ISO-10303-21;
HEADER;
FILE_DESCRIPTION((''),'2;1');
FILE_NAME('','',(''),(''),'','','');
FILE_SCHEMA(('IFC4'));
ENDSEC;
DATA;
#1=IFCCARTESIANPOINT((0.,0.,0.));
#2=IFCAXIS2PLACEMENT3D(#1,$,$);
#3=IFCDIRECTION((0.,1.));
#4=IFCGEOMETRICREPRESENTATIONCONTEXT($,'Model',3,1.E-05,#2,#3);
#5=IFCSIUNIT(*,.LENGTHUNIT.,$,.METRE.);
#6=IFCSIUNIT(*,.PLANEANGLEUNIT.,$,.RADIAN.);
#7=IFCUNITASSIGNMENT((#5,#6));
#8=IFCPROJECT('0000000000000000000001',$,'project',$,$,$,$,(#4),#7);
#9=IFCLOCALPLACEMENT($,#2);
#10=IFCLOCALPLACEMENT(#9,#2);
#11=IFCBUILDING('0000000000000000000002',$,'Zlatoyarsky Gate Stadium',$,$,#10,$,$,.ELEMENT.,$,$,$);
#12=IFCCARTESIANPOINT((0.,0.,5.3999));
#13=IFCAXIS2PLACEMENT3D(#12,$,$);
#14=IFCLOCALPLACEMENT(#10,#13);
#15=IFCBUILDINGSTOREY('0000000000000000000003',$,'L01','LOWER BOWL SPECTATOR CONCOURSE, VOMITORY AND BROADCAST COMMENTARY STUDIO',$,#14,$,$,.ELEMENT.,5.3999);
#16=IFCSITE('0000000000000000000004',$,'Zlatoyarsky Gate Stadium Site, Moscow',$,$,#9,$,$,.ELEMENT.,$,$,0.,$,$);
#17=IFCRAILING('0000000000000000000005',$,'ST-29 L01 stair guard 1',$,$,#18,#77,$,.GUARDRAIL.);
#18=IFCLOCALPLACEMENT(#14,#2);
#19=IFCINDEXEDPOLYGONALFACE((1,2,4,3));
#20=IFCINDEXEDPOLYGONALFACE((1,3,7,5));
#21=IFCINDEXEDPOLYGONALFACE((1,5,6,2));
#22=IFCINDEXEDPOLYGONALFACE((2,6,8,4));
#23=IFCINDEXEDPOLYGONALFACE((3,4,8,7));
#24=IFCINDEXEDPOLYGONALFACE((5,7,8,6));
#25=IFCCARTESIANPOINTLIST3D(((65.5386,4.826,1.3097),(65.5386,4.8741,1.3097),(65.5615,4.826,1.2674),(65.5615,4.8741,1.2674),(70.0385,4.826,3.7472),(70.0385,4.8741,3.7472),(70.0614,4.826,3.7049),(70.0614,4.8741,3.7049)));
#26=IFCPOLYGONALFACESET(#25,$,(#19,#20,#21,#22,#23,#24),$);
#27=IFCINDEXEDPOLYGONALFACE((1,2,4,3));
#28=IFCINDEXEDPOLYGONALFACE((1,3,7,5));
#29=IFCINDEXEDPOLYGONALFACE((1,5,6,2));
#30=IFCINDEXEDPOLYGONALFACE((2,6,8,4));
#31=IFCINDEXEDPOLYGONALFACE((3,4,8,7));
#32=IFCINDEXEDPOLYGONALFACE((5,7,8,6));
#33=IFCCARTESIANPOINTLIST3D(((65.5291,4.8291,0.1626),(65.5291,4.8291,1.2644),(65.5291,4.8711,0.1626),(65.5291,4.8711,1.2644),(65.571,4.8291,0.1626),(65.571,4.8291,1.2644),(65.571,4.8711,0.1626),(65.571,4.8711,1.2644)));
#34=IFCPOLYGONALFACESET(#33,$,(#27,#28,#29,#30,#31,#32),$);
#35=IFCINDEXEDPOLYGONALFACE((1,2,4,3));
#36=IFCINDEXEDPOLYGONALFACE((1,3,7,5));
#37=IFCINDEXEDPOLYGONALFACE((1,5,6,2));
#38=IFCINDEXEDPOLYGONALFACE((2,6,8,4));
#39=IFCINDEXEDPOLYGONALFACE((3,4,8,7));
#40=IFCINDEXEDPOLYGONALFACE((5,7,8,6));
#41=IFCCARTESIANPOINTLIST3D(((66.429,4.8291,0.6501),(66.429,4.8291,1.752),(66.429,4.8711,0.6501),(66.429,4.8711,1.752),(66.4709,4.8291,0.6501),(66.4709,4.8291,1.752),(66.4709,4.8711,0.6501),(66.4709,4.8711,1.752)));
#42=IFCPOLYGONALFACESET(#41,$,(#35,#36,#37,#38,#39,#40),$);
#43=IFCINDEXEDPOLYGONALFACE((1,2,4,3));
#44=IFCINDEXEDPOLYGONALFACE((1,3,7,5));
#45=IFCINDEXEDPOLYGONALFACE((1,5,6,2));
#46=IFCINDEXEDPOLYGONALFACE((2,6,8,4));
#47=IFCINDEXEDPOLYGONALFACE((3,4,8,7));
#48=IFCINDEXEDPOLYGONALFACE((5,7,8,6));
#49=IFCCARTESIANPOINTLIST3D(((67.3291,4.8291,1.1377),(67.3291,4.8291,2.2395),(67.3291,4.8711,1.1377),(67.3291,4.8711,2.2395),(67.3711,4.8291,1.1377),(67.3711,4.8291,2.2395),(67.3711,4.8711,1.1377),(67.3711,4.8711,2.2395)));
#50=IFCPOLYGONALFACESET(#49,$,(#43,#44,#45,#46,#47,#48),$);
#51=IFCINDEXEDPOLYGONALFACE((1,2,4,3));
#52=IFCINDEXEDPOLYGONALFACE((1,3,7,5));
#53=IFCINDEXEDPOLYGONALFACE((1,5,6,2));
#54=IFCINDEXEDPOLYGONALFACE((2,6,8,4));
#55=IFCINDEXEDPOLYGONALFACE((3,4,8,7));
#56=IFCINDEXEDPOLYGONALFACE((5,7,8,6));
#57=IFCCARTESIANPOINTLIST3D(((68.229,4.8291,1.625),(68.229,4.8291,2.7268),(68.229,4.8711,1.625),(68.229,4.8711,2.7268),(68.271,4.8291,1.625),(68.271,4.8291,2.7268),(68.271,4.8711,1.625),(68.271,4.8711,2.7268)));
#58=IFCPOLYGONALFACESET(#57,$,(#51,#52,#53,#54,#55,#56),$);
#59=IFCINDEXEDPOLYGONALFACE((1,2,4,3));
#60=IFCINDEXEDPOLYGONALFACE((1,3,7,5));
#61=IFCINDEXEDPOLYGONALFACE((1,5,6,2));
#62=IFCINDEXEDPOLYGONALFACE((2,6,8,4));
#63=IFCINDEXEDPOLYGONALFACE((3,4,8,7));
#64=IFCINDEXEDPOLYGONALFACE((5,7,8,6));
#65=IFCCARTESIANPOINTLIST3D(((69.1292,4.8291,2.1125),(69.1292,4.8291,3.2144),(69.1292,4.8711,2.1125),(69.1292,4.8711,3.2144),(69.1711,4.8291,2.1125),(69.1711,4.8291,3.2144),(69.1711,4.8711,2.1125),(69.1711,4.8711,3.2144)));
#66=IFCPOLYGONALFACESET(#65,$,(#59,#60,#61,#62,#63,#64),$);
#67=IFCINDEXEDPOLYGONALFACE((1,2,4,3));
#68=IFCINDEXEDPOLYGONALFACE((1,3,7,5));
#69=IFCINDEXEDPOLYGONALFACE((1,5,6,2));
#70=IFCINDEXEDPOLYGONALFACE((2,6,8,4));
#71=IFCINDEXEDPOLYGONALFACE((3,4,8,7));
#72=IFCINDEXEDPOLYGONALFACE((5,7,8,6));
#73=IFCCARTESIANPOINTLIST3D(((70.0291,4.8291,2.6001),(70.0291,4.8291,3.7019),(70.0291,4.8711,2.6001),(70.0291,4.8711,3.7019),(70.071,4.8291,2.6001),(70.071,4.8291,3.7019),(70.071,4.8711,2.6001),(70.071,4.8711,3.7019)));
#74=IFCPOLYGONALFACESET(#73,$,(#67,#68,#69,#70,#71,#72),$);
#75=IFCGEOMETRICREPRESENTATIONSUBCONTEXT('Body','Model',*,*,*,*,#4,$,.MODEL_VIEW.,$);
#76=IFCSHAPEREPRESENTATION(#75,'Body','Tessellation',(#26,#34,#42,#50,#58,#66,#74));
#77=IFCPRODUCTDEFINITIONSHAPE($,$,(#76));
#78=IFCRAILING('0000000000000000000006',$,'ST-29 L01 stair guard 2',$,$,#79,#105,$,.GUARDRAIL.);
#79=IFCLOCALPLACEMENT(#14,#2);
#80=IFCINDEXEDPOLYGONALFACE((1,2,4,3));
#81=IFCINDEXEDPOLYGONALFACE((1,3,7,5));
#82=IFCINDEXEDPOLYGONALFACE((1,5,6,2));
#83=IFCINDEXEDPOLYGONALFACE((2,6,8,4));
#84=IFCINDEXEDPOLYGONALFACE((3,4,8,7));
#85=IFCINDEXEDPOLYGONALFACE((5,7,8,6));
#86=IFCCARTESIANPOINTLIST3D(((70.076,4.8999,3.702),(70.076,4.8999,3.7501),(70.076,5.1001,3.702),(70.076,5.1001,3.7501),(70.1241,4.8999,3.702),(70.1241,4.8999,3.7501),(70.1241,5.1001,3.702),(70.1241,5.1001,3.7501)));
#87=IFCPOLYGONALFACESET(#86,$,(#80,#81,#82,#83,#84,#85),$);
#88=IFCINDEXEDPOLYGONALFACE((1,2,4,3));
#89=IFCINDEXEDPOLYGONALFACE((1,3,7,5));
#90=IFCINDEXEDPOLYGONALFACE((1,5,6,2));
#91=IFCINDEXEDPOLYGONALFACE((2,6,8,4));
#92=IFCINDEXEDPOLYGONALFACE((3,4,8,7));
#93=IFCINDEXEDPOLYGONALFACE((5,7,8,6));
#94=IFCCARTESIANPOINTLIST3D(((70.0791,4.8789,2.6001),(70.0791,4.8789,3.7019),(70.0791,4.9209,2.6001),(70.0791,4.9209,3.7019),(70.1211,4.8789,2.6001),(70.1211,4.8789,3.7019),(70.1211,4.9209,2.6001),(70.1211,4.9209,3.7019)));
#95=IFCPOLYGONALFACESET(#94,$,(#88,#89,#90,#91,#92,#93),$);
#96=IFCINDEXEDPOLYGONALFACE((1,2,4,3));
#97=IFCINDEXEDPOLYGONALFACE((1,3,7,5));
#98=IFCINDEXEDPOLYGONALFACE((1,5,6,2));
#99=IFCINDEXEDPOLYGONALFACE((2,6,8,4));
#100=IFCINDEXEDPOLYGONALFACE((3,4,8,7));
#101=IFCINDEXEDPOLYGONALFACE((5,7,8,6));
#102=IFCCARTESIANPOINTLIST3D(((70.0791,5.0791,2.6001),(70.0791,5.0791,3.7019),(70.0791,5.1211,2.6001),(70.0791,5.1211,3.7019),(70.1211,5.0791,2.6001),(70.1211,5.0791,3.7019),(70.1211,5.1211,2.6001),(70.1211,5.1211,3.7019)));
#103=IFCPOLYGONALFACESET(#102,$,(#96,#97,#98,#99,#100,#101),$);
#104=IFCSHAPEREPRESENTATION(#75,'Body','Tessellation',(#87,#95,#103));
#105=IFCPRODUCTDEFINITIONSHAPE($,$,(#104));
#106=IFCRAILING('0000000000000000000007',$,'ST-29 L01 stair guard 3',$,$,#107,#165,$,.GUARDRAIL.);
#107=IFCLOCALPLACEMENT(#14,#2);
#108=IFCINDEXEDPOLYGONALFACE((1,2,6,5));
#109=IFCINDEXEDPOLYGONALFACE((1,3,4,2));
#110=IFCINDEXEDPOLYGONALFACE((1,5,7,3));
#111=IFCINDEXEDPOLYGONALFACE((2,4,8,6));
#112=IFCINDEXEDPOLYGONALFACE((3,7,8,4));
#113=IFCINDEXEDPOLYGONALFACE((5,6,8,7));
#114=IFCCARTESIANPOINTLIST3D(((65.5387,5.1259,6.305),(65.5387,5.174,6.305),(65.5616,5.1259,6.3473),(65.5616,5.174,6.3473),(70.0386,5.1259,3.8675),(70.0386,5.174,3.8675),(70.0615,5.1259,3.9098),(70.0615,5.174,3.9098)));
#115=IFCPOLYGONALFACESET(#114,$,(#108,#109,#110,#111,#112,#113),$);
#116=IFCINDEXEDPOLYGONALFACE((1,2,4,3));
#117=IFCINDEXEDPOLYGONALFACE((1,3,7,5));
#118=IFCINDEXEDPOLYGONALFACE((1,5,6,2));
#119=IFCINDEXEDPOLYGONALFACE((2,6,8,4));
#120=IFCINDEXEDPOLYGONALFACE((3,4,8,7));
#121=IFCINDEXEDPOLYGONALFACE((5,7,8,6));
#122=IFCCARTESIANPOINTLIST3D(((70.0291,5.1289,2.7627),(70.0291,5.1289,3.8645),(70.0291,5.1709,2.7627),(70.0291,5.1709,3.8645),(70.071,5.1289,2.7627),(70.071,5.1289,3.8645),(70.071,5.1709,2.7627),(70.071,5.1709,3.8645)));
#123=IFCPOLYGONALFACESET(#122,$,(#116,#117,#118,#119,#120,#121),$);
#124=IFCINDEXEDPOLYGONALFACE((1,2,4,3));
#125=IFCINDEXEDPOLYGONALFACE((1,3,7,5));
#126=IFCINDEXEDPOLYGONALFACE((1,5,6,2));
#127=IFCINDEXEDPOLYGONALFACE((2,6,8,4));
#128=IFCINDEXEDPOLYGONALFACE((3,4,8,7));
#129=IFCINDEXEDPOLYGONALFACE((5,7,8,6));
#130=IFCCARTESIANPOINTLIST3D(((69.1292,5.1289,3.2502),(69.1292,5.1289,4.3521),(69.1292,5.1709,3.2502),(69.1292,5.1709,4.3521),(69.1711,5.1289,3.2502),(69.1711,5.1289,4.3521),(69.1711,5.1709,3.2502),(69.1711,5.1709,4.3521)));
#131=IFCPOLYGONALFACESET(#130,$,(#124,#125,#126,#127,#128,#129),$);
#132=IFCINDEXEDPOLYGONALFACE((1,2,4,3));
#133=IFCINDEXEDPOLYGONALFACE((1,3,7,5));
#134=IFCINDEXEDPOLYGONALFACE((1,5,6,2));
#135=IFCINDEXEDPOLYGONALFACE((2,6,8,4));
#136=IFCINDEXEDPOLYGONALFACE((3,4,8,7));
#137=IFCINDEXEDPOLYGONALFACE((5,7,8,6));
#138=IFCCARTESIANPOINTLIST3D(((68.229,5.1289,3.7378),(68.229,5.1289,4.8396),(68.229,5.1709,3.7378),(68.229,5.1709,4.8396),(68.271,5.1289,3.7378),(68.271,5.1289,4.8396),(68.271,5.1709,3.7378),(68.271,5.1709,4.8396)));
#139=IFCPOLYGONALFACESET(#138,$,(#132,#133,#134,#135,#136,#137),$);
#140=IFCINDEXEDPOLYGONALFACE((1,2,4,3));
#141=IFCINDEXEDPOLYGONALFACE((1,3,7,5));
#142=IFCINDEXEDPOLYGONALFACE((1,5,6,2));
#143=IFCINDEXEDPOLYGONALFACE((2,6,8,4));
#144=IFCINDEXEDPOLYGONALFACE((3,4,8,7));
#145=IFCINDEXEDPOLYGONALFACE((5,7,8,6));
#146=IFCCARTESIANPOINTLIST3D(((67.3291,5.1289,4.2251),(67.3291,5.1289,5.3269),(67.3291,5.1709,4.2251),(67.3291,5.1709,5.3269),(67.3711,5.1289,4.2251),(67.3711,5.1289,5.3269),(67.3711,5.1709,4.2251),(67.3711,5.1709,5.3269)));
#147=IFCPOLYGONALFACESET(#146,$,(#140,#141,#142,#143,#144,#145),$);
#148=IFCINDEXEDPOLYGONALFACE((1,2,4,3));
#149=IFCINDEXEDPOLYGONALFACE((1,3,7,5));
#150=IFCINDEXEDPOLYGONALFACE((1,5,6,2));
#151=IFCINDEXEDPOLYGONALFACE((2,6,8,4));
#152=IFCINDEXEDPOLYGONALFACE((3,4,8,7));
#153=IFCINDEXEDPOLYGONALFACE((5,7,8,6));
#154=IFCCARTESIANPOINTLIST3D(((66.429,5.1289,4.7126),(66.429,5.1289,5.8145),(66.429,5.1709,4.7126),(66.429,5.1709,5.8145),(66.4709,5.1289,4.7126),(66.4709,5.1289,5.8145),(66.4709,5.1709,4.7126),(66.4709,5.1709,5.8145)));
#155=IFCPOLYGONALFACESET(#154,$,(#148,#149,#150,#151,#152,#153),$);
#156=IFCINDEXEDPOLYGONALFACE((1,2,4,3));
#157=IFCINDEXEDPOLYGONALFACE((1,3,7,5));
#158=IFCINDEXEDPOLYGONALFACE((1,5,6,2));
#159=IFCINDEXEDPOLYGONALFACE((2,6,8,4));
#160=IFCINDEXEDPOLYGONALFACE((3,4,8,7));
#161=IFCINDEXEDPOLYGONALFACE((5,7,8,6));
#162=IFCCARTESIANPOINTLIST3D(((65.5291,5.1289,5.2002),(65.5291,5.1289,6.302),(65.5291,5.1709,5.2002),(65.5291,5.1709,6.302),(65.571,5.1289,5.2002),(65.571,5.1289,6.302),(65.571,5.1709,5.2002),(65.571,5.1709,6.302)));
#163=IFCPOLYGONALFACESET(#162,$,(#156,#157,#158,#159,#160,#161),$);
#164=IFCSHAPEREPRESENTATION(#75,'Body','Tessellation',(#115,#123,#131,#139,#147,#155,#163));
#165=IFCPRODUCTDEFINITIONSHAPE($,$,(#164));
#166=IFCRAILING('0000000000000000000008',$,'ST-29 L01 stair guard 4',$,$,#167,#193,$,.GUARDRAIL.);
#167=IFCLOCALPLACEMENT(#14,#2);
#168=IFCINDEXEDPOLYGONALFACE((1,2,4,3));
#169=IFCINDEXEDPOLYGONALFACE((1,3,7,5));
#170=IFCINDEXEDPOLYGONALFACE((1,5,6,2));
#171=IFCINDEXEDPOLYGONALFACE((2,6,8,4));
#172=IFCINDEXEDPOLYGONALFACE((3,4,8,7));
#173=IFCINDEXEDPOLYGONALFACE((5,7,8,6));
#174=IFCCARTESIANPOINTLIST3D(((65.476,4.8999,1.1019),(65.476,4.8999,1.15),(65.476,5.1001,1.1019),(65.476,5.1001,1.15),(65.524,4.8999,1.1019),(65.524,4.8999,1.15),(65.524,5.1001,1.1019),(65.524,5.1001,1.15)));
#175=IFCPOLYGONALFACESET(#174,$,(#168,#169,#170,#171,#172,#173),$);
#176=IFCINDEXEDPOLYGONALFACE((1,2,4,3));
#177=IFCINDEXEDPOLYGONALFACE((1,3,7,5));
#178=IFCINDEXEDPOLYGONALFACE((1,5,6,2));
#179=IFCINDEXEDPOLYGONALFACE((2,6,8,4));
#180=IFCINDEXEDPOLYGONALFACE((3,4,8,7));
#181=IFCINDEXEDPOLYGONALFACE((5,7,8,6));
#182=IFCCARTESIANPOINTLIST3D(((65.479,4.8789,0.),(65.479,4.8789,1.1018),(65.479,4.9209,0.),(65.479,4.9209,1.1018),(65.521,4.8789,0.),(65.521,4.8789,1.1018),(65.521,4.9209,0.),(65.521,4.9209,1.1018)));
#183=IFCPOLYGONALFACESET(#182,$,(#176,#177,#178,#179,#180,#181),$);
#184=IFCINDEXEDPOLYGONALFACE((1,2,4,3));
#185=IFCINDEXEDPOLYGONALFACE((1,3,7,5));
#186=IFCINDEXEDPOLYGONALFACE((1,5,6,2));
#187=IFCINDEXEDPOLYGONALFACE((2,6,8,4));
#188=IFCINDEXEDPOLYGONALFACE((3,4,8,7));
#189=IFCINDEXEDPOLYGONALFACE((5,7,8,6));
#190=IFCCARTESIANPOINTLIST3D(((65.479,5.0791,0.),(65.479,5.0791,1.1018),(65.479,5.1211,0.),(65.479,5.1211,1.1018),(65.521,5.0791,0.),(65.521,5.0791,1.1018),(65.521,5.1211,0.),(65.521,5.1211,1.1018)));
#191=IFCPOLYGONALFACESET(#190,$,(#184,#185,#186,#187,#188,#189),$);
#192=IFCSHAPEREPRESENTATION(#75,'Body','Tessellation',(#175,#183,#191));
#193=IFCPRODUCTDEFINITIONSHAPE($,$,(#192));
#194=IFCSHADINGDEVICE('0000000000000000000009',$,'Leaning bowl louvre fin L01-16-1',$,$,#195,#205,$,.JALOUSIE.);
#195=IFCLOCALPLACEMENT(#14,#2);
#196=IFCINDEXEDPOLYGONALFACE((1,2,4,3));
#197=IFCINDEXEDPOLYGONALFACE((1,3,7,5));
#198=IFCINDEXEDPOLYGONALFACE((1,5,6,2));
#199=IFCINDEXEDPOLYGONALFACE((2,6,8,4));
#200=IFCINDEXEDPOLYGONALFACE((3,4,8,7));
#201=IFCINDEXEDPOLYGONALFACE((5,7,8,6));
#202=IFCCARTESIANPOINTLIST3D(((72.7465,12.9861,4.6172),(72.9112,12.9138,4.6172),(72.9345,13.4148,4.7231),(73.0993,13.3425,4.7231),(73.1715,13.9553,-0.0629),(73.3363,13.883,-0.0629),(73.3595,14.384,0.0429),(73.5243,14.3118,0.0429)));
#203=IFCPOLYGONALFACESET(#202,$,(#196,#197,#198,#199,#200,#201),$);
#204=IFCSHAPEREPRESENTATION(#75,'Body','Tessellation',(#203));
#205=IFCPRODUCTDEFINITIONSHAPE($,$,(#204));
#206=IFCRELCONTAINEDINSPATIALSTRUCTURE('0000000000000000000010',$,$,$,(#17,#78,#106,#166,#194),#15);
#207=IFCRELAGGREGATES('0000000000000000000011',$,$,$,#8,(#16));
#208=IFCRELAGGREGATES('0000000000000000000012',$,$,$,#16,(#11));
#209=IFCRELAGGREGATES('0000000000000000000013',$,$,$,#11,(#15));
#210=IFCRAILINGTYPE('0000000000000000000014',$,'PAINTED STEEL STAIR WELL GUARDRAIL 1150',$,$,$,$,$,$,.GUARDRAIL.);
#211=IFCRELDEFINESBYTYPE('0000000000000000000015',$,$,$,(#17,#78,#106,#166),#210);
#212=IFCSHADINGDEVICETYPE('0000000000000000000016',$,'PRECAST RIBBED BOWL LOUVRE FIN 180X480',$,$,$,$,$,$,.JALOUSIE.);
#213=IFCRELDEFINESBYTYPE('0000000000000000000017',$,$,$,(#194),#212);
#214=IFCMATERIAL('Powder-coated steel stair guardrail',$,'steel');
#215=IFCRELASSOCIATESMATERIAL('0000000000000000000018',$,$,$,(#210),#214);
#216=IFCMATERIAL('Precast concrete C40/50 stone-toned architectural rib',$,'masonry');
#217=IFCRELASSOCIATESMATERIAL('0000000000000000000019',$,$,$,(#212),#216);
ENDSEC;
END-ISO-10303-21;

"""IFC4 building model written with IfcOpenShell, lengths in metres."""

from ifc_helpers import new_model, si_unit, direction, frame, origin, origin_2d, place, context, subcontext, project, spatial, rectangle, extrude, material, material_profile, profile_set, type_object, element, save


model = new_model("IFC4")

# Units and contexts
model_context = context("Model", 3, precision=1e-05, world=origin(), true_north=direction((0.0, 1.0)))
body_context = subcontext(model_context, "Body", "Model", "MODEL_VIEW")
ifc_project = project(units=[si_unit("LENGTHUNIT", "METRE"), si_unit("PLANEANGLEUNIT", "RADIAN")], contexts=[model_context])

# Site, building, storey
site_placement = place(None, origin())
site = spatial("IfcSite", under=ifc_project, at=site_placement, Name="Zlatoyarsky Gate Stadium Site, Moscow", CompositionType="ELEMENT", RefElevation=0.0)
building_placement = place(site_placement, origin())
building = spatial("IfcBuilding", under=site, at=building_placement, Name="Zlatoyarsky Gate Stadium", CompositionType="ELEMENT")
storey_placement = place(building_placement, frame((0.0, 0.0, 5.3999)))
storey = spatial("IfcBuildingStorey", under=building, at=storey_placement, Name="L01", Description="LOWER BOWL SPECTATOR CONCOURSE, VOMITORY AND BROADCAST COMMENTARY STUDIO", CompositionType="ELEMENT", Elevation=5.3999)

# Railings
ifc_material_1 = material(Name="Powder-coated steel stair guardrail", Category="steel")
railing_type_1 = type_object("IfcRailingType", Name="PAINTED STEEL STAIR WELL GUARDRAIL 1150", PredefinedType="GUARDRAIL", material=ifc_material_1)
railing_1_placement = place(storey_placement, frame((65.55, 4.8501, 0.1626)))
element("IfcRailing", 1, at=railing_1_placement, inside=storey, type_object=railing_type_1, Name="ST-29 L01 stair guard 1", PredefinedType="GUARDRAIL", context=body_context, shape_type="SweptSolid", body=[
    extrude(rectangle(XDim=0.0481, YDim=0.0481, at=origin_2d()), frame((0.0, 0.0, 1.126), z_axis=(0.879292, 0.0, 0.476283), x_axis=(0.0, 1.0, 0.0)), (0.0, 0.0, 1.0), 5.1177),
    extrude(rectangle(XDim=0.042, YDim=0.042, at=origin_2d()), origin(), (0.0, 0.0, 1.0), 1.1018),
    extrude(rectangle(XDim=0.042, YDim=0.042, at=origin_2d()), frame((0.8999, 0.0, 0.4875)), (0.0, 0.0, 1.0), 1.1018),
    extrude(rectangle(XDim=0.042, YDim=0.042, at=origin_2d()), frame((1.8, 0.0, 0.9751)), (0.0, 0.0, 1.0), 1.1018),
    extrude(rectangle(XDim=0.042, YDim=0.042, at=origin_2d()), frame((2.7, 0.0, 1.4624)), (0.0, 0.0, 1.0), 1.1018),
    extrude(rectangle(XDim=0.042, YDim=0.042, at=origin_2d()), frame((3.6001, 0.0, 1.95)), (0.0, 0.0, 1.0), 1.1018),
    extrude(rectangle(XDim=0.042, YDim=0.042, at=origin_2d()), frame((4.5, 0.0, 2.4375)), (0.0, 0.0, 1.0), 1.1018),
])
railing_2_placement = place(storey_placement, frame((70.1001, 4.8999, 2.6001)))
element("IfcRailing", 2, at=railing_2_placement, inside=storey, type_object=railing_type_1, Name="ST-29 L01 stair guard 2", PredefinedType="GUARDRAIL", context=body_context, shape_type="SweptSolid", body=[
    extrude(rectangle(XDim=0.0481, YDim=0.0481, at=origin_2d()), frame((0.0, 0.0, 1.126), z_axis=(0.0, 1.0, 0.0), x_axis=(-1.0, 0.0, 0.0)), (0.0, 0.0, 1.0), 0.2002),
    extrude(rectangle(XDim=0.042, YDim=0.042, at=origin_2d()), origin(), (0.0, 0.0, 1.0), 1.1018),
    extrude(rectangle(XDim=0.042, YDim=0.042, at=origin_2d()), frame((0.0, 0.2002, 0.0)), (0.0, 0.0, 1.0), 1.1018),
])
railing_3_placement = place(storey_placement, frame((70.05, 5.1499, 2.7627)))
element("IfcRailing", 3, at=railing_3_placement, inside=storey, type_object=railing_type_1, Name="ST-29 L01 stair guard 3", PredefinedType="GUARDRAIL", context=body_context, shape_type="SweptSolid", body=[
    extrude(rectangle(XDim=0.0481, YDim=0.0481, at=origin_2d()), frame((0.0, 0.0, 1.126), z_axis=(-0.879292, 0.0, 0.476283), x_axis=(0.0, -1.0, 0.0)), (0.0, 0.0, 1.0), 5.1177),
    extrude(rectangle(XDim=0.042, YDim=0.042, at=origin_2d()), origin(), (0.0, 0.0, 1.0), 1.1018),
    extrude(rectangle(XDim=0.042, YDim=0.042, at=origin_2d()), frame((-0.8999, 0.0, 0.4875)), (0.0, 0.0, 1.0), 1.1018),
    extrude(rectangle(XDim=0.042, YDim=0.042, at=origin_2d()), frame((-1.8, 0.0, 0.9751)), (0.0, 0.0, 1.0), 1.1018),
    extrude(rectangle(XDim=0.042, YDim=0.042, at=origin_2d()), frame((-2.7, 0.0, 1.4624)), (0.0, 0.0, 1.0), 1.1018),
    extrude(rectangle(XDim=0.042, YDim=0.042, at=origin_2d()), frame((-3.6001, 0.0, 1.95)), (0.0, 0.0, 1.0), 1.1018),
    extrude(rectangle(XDim=0.042, YDim=0.042, at=origin_2d()), frame((-4.5, 0.0, 2.4375)), (0.0, 0.0, 1.0), 1.1018),
])
railing_4_placement = place(storey_placement, frame((65.5, 4.8999, 0.0)))
element("IfcRailing", 4, at=railing_4_placement, inside=storey, type_object=railing_type_1, Name="ST-29 L01 stair guard 4", PredefinedType="GUARDRAIL", context=body_context, shape_type="SweptSolid", body=[
    extrude(rectangle(XDim=0.0481, YDim=0.0481, at=origin_2d()), frame((0.0, 0.0, 1.126), z_axis=(0.0, 1.0, 0.0), x_axis=(-1.0, 0.0, 0.0)), (0.0, 0.0, 1.0), 0.2002),
    extrude(rectangle(XDim=0.042, YDim=0.042, at=origin_2d()), origin(), (0.0, 0.0, 1.0), 1.1018),
    extrude(rectangle(XDim=0.042, YDim=0.042, at=origin_2d()), frame((0.0, 0.2002, 0.0)), (0.0, 0.0, 1.0), 1.1018),
])

# Shading device
ifc_material_2 = material(Name="Precast concrete C40/50 stone-toned architectural rib", Category="masonry")
ifc_material_profile_1 = material_profile(ifc_material_2, rectangle(XDim=0.1799, YDim=0.48, at=origin_2d()), Name="RIB 180X480")
ifc_profile_set_1 = profile_set([ifc_material_profile_1], Name="Precast concrete C40/50 stone-toned architectural rib")
shading_device_type = type_object("IfcShadingDeviceType", Name="PRECAST RIBBED BOWL LOUVRE FIN 180X480", PredefinedType="JALOUSIE", material=ifc_profile_set_1)
shading_device_placement = place(storey_placement, frame((73.3479, 14.1335, -0.01), z_axis=(-0.088582, -0.201994, 0.975372), x_axis=(0.915808, -0.401617, 0.0)))
element("IfcShadingDevice", 5, at=shading_device_placement, inside=storey, type_object=shading_device_type, Name="Leaning bowl louvre fin L01-16-1", PredefinedType="JALOUSIE", context=body_context, shape_type="SweptSolid", body=[
    extrude(rectangle(XDim=0.1799, YDim=0.48, at=origin_2d()), origin(), (0.0, 0.0, 1.0), 4.7983),
])

save(model, "model.ifc")
